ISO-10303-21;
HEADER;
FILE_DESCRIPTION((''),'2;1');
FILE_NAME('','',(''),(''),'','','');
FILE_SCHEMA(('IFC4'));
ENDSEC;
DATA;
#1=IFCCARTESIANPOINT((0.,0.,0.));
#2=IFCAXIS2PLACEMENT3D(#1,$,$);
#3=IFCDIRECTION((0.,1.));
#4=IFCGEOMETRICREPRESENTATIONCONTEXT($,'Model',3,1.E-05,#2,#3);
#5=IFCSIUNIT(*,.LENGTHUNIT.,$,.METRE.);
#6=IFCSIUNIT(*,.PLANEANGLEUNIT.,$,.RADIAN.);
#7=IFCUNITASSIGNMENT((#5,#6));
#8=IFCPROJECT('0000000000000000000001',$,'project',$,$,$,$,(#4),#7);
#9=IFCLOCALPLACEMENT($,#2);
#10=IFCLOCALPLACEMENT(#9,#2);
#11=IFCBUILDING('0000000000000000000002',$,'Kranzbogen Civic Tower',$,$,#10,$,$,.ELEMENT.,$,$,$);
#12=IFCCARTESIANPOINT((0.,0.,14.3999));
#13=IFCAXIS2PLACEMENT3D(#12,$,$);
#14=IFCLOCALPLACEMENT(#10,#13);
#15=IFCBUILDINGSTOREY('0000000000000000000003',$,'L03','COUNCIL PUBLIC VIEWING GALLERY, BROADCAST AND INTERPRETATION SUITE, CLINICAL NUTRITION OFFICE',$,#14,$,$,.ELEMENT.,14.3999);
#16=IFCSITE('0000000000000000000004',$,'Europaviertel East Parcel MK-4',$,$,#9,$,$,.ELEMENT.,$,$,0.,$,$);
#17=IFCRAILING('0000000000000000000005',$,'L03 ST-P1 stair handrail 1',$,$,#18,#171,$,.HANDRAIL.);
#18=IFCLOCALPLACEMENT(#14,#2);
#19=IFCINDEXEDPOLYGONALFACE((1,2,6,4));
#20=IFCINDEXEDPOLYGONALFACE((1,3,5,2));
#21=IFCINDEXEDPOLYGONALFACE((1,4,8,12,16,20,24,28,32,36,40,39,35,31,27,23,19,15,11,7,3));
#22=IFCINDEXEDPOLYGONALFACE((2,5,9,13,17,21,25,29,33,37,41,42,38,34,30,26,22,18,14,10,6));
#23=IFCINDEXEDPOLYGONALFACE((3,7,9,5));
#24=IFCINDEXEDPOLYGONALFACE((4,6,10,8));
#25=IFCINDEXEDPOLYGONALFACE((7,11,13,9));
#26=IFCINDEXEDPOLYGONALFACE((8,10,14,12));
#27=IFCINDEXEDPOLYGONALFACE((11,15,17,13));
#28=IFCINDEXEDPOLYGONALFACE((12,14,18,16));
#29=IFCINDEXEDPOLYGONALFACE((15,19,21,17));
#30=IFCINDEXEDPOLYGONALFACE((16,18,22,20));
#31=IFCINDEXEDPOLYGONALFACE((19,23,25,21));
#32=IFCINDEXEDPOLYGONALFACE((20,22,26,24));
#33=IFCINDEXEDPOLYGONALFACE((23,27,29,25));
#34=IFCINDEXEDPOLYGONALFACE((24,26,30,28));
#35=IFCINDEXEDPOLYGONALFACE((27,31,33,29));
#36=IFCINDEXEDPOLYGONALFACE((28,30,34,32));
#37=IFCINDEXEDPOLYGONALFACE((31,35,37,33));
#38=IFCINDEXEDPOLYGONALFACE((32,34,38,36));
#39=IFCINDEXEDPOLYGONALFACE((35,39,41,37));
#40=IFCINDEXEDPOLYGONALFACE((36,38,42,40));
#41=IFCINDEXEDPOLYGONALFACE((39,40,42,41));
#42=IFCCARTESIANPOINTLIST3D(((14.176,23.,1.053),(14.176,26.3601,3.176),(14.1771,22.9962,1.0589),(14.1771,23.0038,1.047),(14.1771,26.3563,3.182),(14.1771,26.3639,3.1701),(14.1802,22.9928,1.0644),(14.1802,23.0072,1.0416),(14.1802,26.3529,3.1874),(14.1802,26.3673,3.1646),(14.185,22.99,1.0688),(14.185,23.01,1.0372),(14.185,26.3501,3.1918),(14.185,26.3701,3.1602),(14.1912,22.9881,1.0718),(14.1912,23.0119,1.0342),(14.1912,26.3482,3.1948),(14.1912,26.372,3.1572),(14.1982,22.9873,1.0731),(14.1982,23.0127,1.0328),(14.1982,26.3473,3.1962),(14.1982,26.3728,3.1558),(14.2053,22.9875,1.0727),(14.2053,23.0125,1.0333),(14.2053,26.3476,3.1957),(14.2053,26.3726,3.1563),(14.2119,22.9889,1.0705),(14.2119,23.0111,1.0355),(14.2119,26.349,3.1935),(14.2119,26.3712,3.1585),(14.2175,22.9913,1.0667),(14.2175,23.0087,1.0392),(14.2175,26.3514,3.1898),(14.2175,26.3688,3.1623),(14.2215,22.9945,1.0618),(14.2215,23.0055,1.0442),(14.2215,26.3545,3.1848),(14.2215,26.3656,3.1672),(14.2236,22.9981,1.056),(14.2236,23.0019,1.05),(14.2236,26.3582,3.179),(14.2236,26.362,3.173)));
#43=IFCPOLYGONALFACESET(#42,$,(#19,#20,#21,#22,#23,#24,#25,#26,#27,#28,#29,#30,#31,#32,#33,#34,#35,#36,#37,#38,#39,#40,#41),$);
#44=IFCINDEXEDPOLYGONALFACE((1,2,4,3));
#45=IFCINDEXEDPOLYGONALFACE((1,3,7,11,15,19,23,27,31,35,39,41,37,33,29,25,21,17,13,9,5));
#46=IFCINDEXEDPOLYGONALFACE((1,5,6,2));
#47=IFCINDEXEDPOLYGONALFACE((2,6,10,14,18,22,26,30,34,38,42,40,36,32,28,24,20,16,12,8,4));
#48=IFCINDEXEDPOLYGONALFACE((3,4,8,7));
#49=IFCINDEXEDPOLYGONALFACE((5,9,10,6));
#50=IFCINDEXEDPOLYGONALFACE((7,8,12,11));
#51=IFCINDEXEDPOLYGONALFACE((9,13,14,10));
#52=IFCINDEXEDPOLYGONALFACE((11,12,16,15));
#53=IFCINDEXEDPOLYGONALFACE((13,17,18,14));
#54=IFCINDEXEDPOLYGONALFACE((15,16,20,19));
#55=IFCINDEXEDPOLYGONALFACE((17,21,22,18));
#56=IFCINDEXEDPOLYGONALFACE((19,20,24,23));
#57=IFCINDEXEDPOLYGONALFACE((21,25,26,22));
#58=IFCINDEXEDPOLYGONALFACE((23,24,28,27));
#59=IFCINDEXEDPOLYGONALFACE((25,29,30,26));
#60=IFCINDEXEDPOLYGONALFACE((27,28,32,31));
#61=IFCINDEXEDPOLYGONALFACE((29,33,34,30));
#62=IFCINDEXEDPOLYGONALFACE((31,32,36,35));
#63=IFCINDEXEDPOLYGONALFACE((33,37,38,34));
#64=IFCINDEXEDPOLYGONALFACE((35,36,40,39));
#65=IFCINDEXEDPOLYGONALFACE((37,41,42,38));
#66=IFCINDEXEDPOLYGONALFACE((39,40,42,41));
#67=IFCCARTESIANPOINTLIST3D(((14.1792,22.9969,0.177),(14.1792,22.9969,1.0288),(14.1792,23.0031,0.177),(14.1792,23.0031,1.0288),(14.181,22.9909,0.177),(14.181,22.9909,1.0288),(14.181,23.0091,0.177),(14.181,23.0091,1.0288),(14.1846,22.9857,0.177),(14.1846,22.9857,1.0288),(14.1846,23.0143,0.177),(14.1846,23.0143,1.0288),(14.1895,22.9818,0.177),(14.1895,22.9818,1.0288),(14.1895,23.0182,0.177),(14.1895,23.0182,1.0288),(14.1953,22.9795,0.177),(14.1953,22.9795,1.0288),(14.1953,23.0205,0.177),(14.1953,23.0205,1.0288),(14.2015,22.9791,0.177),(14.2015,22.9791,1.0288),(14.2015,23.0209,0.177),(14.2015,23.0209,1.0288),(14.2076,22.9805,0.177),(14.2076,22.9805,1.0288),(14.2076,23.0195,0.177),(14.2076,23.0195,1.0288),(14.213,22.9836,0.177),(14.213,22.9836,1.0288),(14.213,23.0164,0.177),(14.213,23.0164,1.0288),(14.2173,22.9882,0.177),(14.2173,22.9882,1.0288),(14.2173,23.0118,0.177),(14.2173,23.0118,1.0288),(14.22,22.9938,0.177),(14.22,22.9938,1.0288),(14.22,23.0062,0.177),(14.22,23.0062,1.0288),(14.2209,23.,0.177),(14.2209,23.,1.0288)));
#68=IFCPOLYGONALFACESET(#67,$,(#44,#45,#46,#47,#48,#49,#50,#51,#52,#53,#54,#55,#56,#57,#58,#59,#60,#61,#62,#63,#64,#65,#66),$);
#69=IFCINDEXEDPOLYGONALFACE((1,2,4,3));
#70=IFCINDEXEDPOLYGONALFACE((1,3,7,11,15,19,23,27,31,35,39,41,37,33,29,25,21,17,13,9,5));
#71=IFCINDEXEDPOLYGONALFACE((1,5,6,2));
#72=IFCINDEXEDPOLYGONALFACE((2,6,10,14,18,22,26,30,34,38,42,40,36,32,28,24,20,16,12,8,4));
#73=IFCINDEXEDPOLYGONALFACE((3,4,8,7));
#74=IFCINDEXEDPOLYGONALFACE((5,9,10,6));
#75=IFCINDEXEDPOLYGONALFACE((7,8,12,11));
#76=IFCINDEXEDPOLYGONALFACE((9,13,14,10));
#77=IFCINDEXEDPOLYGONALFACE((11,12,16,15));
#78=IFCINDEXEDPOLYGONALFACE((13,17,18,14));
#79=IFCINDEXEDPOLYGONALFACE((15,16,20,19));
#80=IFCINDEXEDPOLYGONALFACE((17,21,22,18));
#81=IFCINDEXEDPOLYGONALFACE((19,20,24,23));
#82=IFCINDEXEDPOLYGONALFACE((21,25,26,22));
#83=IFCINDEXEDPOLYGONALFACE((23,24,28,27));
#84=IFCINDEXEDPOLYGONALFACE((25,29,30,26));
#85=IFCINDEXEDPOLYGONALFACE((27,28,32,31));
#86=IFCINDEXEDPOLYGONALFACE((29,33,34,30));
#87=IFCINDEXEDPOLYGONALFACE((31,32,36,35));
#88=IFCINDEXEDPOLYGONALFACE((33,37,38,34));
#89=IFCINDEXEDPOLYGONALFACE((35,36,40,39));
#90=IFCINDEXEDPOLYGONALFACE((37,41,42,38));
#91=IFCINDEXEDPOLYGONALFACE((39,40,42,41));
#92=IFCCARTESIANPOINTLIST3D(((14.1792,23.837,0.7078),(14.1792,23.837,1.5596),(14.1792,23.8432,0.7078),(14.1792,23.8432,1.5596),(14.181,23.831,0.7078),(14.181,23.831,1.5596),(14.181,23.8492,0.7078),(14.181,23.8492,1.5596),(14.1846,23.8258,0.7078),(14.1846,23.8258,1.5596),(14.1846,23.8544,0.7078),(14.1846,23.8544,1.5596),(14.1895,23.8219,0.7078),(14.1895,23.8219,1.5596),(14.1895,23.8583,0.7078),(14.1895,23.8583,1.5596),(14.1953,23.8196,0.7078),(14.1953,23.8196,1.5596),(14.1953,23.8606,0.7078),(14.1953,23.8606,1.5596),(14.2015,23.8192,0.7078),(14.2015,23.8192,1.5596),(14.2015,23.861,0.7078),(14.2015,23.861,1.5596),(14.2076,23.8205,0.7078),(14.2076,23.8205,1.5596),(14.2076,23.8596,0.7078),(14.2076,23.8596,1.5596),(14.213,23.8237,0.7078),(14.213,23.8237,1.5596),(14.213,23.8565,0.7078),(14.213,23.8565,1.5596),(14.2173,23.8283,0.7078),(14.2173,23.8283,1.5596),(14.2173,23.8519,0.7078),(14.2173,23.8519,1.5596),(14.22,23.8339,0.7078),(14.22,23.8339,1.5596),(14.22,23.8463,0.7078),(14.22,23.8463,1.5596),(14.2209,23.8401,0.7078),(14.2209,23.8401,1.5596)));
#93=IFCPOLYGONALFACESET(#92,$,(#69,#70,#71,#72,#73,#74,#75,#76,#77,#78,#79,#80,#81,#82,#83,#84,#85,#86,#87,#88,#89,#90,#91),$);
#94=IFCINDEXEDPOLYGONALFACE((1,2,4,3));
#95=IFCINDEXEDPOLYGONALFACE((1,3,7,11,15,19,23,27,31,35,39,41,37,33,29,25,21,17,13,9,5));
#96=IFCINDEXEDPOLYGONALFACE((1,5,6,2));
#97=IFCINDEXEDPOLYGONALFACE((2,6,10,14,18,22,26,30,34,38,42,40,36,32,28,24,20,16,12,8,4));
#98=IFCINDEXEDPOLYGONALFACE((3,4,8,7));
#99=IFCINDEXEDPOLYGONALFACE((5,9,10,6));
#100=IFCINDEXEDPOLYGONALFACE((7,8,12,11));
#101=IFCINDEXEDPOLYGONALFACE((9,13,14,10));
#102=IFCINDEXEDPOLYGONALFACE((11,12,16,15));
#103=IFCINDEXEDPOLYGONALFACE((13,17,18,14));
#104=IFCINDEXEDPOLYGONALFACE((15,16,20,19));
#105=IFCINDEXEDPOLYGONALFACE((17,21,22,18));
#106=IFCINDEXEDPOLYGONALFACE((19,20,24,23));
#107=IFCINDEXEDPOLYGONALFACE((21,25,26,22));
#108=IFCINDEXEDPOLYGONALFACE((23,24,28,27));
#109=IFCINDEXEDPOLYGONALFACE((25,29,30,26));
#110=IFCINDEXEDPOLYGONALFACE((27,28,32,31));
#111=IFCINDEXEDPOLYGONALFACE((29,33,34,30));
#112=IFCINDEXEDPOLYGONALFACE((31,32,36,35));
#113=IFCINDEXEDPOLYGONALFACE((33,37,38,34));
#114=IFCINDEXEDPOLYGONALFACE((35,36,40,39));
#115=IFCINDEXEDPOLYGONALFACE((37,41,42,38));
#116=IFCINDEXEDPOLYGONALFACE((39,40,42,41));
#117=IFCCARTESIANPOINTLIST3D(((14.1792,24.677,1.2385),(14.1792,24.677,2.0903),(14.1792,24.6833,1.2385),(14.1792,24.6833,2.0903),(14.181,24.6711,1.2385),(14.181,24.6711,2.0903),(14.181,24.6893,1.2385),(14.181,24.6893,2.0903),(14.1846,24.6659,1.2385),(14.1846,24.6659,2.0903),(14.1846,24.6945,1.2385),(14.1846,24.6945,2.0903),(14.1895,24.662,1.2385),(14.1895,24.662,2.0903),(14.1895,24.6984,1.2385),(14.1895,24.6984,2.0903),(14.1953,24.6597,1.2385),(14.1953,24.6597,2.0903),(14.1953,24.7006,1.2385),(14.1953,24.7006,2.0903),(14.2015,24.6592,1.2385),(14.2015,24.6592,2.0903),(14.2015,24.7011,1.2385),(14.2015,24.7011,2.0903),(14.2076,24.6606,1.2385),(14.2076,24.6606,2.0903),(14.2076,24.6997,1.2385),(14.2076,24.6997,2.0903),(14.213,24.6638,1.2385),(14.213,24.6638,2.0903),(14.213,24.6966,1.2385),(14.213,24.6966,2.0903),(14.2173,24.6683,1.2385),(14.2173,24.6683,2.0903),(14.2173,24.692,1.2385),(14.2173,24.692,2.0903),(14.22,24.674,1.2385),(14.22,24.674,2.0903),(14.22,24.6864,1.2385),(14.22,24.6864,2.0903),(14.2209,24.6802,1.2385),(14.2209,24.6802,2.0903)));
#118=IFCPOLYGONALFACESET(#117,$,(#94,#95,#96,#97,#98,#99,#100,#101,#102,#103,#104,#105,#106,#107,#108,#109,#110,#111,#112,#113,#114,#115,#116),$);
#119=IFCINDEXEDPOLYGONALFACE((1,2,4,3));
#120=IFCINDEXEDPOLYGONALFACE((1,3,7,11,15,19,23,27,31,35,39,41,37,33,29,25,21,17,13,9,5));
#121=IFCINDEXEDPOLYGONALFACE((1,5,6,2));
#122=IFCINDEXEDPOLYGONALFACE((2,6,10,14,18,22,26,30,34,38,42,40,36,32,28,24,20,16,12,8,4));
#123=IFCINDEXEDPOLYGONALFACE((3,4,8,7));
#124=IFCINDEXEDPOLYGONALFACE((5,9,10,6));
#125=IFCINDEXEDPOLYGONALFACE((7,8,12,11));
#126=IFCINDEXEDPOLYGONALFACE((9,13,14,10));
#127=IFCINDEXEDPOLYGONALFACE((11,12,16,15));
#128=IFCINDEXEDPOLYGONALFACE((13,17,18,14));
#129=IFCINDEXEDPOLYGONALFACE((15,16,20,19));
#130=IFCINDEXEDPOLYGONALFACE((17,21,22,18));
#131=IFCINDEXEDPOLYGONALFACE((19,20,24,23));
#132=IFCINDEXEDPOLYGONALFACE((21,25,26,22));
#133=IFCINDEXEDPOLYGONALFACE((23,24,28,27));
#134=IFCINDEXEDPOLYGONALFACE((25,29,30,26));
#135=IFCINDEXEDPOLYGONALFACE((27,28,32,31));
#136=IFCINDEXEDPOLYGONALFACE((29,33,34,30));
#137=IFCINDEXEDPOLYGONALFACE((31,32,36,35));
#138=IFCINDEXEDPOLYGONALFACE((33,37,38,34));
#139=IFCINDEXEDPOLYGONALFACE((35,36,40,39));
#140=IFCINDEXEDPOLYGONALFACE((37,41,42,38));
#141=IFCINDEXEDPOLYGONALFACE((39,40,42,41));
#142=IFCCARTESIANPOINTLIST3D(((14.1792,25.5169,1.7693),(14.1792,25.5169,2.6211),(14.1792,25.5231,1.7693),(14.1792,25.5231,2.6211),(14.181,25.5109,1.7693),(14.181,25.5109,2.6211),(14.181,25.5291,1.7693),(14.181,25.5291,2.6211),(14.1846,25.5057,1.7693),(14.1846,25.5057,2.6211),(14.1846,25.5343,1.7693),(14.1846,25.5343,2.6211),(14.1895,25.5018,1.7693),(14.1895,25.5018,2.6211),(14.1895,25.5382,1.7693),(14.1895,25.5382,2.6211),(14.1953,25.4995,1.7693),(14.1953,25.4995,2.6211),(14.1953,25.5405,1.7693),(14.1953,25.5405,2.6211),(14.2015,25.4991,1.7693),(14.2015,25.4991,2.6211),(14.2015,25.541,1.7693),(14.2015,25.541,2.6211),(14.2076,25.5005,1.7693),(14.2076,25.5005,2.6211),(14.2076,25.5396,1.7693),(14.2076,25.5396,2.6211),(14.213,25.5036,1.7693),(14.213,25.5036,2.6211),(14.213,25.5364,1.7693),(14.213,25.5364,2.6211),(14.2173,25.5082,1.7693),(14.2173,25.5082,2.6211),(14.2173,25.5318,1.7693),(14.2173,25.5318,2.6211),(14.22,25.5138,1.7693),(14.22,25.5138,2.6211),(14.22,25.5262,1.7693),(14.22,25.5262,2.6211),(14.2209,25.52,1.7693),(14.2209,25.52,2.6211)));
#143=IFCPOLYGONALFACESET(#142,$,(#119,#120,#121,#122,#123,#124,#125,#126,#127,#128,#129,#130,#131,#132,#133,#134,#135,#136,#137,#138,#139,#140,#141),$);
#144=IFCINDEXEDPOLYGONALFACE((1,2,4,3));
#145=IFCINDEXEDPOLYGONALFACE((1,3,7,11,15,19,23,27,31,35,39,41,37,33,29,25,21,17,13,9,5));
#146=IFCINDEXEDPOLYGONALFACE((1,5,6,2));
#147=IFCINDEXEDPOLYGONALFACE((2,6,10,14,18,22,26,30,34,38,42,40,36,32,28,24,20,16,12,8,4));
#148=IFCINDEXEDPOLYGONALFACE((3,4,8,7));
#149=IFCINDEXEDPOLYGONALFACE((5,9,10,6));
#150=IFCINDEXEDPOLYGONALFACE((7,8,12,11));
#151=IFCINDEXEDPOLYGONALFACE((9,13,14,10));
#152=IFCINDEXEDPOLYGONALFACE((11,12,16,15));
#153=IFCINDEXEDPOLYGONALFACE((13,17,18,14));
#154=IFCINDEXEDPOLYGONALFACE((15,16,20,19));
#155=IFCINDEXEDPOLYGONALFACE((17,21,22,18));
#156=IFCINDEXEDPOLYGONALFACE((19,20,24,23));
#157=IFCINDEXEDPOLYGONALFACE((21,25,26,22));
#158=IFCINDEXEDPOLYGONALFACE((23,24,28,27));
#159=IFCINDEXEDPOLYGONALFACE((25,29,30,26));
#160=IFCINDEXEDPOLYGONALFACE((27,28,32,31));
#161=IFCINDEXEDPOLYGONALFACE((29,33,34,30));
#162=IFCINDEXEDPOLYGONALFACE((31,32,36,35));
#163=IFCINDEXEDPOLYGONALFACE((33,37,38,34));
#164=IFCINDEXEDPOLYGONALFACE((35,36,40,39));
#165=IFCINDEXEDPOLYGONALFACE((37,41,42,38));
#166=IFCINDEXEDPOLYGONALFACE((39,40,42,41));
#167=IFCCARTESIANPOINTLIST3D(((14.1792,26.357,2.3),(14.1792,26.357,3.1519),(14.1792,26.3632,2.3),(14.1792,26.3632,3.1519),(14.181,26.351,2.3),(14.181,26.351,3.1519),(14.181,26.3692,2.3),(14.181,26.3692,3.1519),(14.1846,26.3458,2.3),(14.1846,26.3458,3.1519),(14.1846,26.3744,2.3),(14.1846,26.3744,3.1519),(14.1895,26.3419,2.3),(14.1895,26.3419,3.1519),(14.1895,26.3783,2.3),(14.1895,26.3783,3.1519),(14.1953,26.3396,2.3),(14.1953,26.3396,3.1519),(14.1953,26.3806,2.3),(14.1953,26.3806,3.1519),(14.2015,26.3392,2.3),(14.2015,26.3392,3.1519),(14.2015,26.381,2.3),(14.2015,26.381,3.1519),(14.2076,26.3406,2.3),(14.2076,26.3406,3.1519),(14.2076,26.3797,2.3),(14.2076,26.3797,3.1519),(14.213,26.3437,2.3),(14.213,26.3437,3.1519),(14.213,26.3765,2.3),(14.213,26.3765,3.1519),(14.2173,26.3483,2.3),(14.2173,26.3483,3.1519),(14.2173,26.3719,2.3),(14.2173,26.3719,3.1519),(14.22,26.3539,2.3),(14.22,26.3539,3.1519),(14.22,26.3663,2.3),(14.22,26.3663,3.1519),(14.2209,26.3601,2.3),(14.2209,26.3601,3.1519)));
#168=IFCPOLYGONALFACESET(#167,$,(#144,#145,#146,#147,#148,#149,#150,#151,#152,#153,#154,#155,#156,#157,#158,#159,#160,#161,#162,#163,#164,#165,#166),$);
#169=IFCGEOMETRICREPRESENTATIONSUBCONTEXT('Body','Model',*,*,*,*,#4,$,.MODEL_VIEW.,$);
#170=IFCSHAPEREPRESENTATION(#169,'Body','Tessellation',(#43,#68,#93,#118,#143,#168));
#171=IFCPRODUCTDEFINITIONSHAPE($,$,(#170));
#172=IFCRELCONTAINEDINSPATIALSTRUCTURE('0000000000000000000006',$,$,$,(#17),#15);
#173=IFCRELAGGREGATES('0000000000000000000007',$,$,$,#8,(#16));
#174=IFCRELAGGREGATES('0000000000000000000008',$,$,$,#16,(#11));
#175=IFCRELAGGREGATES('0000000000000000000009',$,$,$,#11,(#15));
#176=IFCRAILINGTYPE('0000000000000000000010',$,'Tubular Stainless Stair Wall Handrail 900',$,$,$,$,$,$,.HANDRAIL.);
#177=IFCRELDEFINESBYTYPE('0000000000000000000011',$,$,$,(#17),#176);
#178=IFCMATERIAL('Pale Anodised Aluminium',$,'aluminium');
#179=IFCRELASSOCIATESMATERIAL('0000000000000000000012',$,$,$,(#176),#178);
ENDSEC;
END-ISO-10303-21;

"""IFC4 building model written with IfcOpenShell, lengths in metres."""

from ifc_helpers import new_model, si_unit, direction, frame, origin, origin_2d, place, context, subcontext, project, spatial, circle, extrude, material, type_object, element, save


model = new_model("IFC4")

# Units and contexts
model_context = context("Model", 3, precision=1e-05, world=origin(), true_north=direction((0.0, 1.0)))
body_context = subcontext(model_context, "Body", "Model", "MODEL_VIEW")
ifc_project = project(units=[si_unit("LENGTHUNIT", "METRE"), si_unit("PLANEANGLEUNIT", "RADIAN")], contexts=[model_context])

# Site, building, storey
site_placement = place(None, origin())
site = spatial("IfcSite", under=ifc_project, at=site_placement, Name="Europaviertel East Parcel MK-4", CompositionType="ELEMENT", RefElevation=0.0)
building_placement = place(site_placement, origin())
building = spatial("IfcBuilding", under=site, at=building_placement, Name="Kranzbogen Civic Tower", CompositionType="ELEMENT")
storey_placement = place(building_placement, frame((0.0, 0.0, 14.3999)))
storey = spatial("IfcBuildingStorey", under=building, at=storey_placement, Name="L03", Description="COUNCIL PUBLIC VIEWING GALLERY, BROADCAST AND INTERPRETATION SUITE, CLINICAL NUTRITION OFFICE", CompositionType="ELEMENT", Elevation=14.3999)

# Shared definitions
ifc_material_1 = material(Name="Pale Anodised Aluminium", Category="aluminium")

# Railing
railing_type_1 = type_object("IfcRailingType", Name="Tubular Stainless Stair Wall Handrail 900", PredefinedType="HANDRAIL", material=ifc_material_1)
railing_1_placement = place(storey_placement, frame((14.2, 23.0, 0.177)))
element("IfcRailing", 1, at=railing_1_placement, inside=storey, type_object=railing_type_1, Name="L03 ST-P1 stair handrail 1", PredefinedType="HANDRAIL", context=body_context, shape_type="SweptSolid", body=[
    extrude(circle(Radius=0.0239, at=origin_2d()), frame((0.0, 0.0, 0.876), z_axis=(0.0, 0.84539, 0.53415), x_axis=(-1.0, 0.0, 0.0)), (0.0, 0.0, 1.0), 3.9746),
    extrude(circle(Radius=0.021, at=origin_2d()), origin(), (0.0, 0.0, 1.0), 0.8518),
    extrude(circle(Radius=0.021, at=origin_2d()), frame((0.0, 0.8401, 0.5308)), (0.0, 0.0, 1.0), 0.8518),
    extrude(circle(Radius=0.021, at=origin_2d()), frame((0.0, 1.6802, 1.0615)), (0.0, 0.0, 1.0), 0.8518),
    extrude(circle(Radius=0.021, at=origin_2d()), frame((0.0, 2.52, 1.5923)), (0.0, 0.0, 1.0), 0.8518),
    extrude(circle(Radius=0.021, at=origin_2d()), frame((0.0, 3.3601, 2.123)), (0.0, 0.0, 1.0), 0.8518),
])

save(model, "model.ifc")
